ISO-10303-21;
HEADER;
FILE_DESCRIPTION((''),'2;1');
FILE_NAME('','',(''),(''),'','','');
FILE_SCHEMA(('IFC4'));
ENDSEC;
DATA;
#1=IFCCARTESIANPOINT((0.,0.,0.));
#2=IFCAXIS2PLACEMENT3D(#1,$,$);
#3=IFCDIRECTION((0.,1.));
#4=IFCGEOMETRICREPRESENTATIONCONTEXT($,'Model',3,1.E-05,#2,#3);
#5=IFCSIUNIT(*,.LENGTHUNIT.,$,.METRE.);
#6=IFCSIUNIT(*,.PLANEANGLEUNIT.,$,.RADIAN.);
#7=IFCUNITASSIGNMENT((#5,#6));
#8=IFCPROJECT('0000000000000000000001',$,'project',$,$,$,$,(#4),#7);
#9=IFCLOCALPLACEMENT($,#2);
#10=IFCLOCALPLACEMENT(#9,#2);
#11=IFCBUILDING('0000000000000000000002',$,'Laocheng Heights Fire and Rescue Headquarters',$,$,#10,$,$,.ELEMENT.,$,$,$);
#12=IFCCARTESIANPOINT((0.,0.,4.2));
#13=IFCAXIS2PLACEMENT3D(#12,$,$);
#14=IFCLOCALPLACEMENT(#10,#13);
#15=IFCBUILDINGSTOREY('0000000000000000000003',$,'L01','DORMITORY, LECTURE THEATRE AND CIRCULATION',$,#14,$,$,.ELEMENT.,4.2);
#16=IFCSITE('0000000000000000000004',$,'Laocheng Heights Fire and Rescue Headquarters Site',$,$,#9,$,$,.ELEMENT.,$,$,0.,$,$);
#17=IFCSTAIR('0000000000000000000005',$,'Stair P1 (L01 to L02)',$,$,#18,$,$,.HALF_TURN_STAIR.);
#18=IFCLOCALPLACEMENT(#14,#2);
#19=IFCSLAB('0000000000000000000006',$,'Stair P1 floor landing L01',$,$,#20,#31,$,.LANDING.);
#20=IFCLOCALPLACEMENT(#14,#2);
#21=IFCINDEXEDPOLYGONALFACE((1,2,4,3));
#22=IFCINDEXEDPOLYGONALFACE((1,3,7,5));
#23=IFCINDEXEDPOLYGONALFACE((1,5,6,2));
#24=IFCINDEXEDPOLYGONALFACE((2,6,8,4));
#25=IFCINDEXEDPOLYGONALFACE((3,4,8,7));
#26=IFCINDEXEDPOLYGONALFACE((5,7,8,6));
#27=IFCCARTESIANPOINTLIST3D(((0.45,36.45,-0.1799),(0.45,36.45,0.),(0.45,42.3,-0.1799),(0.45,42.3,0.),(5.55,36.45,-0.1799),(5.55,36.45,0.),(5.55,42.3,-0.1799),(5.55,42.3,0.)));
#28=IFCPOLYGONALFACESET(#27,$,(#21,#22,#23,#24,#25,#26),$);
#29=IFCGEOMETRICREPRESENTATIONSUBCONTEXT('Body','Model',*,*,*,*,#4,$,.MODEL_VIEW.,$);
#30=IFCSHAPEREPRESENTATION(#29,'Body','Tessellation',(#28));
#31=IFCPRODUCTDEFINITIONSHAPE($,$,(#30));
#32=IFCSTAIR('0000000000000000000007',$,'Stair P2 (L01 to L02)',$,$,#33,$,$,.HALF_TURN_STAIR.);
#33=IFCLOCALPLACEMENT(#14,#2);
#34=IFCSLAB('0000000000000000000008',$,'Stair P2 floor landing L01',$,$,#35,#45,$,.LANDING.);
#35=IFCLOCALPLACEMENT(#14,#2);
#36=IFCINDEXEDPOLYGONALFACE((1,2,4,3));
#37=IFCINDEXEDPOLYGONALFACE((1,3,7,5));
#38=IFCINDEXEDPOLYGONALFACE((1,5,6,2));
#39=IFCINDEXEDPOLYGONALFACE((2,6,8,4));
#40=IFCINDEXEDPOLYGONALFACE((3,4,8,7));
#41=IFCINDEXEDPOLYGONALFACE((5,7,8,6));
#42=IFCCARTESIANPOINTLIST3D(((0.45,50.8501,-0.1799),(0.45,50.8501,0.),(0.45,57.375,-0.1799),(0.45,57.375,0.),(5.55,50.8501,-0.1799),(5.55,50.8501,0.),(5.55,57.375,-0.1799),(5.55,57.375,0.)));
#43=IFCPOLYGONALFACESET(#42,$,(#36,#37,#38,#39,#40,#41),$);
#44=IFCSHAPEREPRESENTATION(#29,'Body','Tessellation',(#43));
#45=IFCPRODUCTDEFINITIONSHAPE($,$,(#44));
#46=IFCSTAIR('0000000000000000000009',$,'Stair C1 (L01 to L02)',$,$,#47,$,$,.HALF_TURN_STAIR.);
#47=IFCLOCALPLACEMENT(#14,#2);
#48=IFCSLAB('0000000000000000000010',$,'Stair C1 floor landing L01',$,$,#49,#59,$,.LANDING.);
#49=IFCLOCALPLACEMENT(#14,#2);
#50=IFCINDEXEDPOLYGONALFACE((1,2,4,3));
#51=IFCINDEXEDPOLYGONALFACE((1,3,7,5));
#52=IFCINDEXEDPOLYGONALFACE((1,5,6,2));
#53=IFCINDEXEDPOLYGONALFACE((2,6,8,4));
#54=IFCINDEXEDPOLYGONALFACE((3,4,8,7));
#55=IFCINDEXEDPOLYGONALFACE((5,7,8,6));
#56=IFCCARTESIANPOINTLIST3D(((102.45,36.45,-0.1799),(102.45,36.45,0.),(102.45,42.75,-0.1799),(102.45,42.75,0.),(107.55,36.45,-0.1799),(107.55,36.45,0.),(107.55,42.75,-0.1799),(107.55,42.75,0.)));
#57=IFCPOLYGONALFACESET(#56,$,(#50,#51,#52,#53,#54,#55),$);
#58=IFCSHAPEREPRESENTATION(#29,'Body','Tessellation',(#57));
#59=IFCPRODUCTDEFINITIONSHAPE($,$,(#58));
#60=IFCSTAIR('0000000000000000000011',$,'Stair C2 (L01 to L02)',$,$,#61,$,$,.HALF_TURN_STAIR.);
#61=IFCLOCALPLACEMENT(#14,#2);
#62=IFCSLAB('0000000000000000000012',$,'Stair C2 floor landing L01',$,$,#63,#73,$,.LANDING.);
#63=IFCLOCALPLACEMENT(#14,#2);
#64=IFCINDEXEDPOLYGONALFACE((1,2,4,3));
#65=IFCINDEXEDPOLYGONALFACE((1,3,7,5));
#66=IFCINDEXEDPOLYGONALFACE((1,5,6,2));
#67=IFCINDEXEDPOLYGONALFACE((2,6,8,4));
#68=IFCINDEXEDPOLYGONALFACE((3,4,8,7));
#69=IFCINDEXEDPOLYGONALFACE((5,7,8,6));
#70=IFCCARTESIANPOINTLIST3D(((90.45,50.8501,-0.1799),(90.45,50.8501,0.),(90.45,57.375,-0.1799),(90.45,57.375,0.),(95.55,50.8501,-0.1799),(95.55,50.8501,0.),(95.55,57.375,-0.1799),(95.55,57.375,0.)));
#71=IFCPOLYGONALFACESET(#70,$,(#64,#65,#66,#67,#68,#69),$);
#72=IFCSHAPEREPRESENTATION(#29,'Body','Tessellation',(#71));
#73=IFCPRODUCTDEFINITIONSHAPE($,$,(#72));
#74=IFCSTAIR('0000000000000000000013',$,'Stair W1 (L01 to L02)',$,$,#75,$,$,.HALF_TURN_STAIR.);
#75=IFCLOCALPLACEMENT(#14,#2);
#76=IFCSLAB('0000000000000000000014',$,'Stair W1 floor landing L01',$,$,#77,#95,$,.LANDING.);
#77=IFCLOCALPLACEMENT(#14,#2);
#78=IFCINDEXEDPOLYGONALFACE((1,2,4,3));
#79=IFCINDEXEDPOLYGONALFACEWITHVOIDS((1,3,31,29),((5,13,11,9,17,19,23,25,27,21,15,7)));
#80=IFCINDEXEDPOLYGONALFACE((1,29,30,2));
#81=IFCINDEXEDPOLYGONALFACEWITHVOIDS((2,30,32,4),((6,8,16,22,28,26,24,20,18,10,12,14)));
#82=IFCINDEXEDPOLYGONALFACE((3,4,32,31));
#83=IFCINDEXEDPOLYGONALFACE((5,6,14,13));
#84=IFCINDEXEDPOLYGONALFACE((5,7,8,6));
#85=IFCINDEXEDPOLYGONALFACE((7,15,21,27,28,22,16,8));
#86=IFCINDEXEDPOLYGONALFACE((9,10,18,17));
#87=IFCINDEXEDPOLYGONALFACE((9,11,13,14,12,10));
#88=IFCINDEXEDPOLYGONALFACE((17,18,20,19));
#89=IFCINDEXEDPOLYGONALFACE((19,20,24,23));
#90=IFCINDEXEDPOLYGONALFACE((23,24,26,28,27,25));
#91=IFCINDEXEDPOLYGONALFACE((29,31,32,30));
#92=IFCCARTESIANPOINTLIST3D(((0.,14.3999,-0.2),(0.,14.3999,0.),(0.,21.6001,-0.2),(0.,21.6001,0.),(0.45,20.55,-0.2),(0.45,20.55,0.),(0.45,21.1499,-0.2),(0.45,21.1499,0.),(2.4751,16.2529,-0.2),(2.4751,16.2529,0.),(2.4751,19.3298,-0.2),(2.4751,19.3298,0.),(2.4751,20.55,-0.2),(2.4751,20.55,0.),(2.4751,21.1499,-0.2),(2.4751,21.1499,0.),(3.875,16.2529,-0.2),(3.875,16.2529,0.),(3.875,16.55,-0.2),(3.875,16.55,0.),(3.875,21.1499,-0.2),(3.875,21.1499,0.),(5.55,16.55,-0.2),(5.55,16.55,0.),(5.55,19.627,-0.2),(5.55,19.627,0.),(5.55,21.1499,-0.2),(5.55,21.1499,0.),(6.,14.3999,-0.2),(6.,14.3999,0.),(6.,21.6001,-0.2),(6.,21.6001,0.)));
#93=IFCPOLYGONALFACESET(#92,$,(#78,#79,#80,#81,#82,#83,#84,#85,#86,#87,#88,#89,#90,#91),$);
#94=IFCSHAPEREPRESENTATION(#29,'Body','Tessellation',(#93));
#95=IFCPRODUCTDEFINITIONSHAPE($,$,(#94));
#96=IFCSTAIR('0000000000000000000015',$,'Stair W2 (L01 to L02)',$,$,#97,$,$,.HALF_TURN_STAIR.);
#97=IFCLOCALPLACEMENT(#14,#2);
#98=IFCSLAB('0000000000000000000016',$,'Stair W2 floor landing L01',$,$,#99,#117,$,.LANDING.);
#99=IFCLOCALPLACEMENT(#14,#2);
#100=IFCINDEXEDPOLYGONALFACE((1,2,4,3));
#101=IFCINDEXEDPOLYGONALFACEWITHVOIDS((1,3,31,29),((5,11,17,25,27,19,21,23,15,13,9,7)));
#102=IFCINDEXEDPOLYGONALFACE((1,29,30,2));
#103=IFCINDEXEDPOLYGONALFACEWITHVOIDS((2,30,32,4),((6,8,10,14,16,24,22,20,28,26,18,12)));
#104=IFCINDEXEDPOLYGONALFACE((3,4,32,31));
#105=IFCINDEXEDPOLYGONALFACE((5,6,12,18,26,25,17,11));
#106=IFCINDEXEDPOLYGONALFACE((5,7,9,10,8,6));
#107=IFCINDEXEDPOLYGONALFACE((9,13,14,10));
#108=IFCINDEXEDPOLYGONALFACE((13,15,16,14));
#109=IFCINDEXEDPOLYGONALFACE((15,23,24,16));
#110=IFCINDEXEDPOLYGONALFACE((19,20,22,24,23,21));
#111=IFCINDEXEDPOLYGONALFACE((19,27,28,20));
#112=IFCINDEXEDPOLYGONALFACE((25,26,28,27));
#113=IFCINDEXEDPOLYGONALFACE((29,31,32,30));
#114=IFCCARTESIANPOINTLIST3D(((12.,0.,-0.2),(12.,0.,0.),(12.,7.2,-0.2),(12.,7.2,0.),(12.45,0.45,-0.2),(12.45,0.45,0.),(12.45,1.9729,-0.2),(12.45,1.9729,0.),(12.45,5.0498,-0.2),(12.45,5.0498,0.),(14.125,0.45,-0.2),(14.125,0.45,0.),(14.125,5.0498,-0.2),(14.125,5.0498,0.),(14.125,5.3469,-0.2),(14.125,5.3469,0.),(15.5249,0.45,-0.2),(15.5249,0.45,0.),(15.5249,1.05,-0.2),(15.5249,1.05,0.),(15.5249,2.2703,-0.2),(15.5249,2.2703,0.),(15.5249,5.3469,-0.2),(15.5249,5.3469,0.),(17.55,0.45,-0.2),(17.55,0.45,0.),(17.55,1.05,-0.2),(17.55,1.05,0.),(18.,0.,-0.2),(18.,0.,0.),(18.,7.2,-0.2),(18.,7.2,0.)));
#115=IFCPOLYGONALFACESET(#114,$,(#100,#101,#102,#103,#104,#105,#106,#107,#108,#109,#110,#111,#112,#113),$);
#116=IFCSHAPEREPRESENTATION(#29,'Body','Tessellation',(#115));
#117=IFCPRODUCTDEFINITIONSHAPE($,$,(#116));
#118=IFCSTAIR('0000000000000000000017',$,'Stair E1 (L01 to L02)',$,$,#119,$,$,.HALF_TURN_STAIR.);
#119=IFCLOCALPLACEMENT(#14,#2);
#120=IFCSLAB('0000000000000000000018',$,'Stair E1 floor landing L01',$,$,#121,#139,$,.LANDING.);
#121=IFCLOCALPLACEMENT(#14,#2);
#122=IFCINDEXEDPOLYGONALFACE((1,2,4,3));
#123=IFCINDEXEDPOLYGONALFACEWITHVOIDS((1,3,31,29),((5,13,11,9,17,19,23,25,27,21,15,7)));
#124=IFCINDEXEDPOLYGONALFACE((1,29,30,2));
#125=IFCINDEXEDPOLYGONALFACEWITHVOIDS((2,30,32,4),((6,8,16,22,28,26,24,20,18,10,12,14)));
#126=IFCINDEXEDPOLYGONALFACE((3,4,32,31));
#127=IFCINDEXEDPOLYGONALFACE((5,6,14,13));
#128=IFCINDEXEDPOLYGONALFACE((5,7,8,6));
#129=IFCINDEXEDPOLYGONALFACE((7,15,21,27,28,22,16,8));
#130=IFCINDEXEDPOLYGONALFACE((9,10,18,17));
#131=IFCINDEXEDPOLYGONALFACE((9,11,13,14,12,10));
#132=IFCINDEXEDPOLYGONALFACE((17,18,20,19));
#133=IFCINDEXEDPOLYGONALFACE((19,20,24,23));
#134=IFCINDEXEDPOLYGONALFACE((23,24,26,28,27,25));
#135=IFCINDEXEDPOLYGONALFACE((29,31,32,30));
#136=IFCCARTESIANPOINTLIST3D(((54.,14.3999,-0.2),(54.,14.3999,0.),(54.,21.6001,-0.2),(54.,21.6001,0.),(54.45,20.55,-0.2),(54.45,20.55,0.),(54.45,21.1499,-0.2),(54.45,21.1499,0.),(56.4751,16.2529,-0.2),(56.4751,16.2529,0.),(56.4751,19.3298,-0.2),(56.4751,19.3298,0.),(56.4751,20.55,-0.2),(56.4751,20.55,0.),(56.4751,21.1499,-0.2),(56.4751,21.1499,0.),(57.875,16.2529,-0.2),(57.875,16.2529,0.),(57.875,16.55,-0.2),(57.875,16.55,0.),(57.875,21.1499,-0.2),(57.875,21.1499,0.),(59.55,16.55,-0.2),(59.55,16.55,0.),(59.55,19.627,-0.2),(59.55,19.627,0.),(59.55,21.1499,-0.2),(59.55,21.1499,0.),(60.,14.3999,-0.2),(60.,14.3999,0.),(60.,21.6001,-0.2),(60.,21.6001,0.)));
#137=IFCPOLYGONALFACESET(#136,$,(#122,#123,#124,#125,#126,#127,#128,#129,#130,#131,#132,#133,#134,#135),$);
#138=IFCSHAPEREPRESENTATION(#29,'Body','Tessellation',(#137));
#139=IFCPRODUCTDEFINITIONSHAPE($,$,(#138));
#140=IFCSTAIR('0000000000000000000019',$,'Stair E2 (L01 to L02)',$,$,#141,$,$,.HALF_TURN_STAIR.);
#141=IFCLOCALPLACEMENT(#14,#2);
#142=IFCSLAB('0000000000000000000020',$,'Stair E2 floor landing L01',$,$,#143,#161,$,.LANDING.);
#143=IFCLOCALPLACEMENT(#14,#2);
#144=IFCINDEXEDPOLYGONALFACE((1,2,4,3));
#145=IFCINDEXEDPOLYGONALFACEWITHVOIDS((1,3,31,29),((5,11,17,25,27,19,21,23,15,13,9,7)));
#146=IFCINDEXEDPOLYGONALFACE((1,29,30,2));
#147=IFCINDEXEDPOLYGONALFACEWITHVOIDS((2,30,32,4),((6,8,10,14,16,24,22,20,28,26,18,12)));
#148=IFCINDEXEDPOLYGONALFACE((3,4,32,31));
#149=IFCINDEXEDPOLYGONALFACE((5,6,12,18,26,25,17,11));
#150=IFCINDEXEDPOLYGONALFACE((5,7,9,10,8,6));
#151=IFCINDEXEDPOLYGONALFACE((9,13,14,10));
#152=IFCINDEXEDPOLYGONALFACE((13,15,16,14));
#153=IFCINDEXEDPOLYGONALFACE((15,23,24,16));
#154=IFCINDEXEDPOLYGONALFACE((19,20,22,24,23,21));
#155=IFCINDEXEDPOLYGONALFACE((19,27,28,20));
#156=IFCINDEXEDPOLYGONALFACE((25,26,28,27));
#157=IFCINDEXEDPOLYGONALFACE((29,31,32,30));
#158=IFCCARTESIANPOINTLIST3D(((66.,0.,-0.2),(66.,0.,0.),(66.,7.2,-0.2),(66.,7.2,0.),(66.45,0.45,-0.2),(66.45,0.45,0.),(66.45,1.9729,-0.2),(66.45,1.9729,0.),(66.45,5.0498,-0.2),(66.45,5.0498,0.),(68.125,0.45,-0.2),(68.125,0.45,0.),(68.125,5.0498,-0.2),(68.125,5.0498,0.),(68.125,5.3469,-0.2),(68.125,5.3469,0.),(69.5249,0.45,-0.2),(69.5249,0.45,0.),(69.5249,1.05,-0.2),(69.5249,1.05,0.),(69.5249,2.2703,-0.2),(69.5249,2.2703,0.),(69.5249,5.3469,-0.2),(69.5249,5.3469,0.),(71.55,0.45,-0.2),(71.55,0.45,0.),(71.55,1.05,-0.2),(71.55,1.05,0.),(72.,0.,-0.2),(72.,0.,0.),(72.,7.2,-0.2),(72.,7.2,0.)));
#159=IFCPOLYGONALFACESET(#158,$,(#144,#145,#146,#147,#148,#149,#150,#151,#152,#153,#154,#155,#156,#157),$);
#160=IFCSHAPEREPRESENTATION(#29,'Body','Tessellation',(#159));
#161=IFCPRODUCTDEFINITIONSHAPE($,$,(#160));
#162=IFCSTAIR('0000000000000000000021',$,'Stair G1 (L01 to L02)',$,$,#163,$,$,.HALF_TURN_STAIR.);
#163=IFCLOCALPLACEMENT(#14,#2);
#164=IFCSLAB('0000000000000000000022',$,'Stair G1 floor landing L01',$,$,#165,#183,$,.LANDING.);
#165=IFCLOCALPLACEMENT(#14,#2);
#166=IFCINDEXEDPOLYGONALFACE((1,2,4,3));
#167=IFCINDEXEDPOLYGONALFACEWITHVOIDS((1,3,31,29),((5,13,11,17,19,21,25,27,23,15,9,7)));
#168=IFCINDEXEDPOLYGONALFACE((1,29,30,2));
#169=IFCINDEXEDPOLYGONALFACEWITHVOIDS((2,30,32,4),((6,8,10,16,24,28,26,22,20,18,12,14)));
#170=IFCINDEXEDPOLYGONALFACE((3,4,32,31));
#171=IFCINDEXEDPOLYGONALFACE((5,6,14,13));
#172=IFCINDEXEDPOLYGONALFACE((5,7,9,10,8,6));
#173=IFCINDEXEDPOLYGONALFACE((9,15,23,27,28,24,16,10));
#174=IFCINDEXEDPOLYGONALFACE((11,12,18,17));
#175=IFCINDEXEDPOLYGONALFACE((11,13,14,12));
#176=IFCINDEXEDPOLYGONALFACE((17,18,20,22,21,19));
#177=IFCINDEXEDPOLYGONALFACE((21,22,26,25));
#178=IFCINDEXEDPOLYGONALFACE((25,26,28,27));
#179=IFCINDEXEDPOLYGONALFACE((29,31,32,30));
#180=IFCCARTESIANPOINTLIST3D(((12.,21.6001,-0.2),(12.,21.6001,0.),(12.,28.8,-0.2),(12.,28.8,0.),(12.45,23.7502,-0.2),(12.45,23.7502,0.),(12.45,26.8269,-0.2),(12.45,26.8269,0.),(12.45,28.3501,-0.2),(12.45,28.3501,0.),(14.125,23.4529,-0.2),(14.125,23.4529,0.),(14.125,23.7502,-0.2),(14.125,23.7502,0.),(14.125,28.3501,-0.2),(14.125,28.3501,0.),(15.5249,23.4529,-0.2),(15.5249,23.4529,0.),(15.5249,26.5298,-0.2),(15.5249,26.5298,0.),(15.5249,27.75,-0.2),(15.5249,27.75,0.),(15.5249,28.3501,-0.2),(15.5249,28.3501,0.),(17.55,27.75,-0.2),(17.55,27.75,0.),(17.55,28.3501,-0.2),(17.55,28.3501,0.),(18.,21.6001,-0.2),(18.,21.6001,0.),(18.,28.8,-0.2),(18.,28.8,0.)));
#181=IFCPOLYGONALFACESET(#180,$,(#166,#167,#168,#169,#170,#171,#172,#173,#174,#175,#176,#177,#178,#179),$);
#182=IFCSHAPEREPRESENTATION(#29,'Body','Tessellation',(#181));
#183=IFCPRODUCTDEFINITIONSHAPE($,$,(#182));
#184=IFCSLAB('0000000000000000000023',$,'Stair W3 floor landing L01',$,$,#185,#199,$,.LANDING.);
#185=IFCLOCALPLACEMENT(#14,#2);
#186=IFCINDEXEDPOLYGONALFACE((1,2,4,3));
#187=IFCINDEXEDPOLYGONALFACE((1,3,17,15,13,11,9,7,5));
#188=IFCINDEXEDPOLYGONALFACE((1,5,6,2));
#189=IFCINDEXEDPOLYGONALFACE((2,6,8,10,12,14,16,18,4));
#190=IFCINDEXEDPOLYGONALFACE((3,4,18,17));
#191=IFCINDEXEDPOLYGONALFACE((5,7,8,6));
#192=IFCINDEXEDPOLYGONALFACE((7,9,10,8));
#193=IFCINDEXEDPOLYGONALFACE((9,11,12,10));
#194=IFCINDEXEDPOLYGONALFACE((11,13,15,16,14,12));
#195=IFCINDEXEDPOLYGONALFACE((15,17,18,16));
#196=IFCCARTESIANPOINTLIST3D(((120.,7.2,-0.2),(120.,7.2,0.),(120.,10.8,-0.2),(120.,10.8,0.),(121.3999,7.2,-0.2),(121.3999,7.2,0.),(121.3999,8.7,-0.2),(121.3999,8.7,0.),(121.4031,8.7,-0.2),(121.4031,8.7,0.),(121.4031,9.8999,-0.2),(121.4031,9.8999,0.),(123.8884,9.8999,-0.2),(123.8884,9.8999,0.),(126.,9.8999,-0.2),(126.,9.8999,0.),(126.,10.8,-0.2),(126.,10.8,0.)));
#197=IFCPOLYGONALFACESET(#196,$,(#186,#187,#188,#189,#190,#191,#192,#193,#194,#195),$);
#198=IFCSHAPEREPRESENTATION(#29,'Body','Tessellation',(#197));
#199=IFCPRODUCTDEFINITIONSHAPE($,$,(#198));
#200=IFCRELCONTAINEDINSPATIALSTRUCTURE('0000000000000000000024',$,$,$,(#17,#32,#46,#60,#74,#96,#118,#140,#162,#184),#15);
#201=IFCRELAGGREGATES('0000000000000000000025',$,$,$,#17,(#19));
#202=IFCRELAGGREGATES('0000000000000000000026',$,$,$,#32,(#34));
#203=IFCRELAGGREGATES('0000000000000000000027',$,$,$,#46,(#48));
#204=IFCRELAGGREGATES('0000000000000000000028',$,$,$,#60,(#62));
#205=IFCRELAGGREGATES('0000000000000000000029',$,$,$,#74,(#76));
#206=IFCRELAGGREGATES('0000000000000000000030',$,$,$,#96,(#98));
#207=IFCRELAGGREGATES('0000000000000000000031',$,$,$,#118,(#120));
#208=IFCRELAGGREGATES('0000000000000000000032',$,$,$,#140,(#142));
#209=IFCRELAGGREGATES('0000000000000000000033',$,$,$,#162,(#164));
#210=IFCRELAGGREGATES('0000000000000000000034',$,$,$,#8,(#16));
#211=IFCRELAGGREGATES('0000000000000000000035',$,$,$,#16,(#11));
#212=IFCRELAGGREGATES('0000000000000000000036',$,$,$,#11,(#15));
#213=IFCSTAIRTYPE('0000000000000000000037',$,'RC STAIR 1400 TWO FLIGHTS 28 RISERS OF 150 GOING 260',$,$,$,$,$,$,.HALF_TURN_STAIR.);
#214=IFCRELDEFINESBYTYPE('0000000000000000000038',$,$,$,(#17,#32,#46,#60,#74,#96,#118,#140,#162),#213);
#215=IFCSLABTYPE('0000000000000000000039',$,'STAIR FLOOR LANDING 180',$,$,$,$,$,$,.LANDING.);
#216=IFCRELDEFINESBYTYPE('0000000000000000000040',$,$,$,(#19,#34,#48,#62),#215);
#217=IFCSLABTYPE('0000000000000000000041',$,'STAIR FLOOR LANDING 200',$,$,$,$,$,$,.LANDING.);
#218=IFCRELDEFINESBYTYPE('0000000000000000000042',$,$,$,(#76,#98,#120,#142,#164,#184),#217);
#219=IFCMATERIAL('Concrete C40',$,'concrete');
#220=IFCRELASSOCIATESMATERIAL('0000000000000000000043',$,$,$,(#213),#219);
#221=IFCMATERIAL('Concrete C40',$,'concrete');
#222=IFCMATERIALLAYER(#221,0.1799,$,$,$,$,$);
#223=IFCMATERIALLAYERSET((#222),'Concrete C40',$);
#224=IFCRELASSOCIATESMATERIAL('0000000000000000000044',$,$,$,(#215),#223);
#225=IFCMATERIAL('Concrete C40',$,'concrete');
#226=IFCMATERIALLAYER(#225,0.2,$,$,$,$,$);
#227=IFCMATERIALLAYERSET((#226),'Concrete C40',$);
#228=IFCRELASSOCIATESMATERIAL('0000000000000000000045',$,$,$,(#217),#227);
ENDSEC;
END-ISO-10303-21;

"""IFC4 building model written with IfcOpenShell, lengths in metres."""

from ifc_helpers import new_model, si_unit, direction, frame, origin, place, context, subcontext, project, spatial, polyline, outline, extrude, material, layer, layer_set, type_object, element, aggregate, save


model = new_model("IFC4")

# Units and contexts
model_context = context("Model", 3, precision=1e-05, world=origin(), true_north=direction((0.0, 1.0)))
body_context = subcontext(model_context, "Body", "Model", "MODEL_VIEW")
ifc_project = project(units=[si_unit("LENGTHUNIT", "METRE"), si_unit("PLANEANGLEUNIT", "RADIAN")], contexts=[model_context])

# Site, building, storey
site_placement = place(None, origin())
site = spatial("IfcSite", under=ifc_project, at=site_placement, Name="Laocheng Heights Fire and Rescue Headquarters Site", CompositionType="ELEMENT", RefElevation=0.0)
building_placement = place(site_placement, origin())
building = spatial("IfcBuilding", under=site, at=building_placement, Name="Laocheng Heights Fire and Rescue Headquarters", CompositionType="ELEMENT")
storey_placement = place(building_placement, frame((0.0, 0.0, 4.2)))
storey = spatial("IfcBuildingStorey", under=building, at=storey_placement, Name="L01", Description="DORMITORY, LECTURE THEATRE AND CIRCULATION", CompositionType="ELEMENT", Elevation=4.2)

# Stairs, slabs
ifc_material_1 = material(Name="Concrete C40", Category="concrete")
stair_type_1 = type_object("IfcStairType", Name="RC STAIR 1400 TWO FLIGHTS 28 RISERS OF 150 GOING 260", PredefinedType="HALF_TURN_STAIR", material=ifc_material_1)
stair_1_placement = place(storey_placement, origin())
stair_1 = element("IfcStair", 1, at=stair_1_placement, inside=storey, type_object=stair_type_1, Name="Stair P1 (L01 to L02)", PredefinedType="HALF_TURN_STAIR")
ifc_material_2 = material(Name="Concrete C40", Category="concrete")
ifc_layer_1 = layer(ifc_material_2, 0.1799)
ifc_layer_set_1 = layer_set([ifc_layer_1], Name="Concrete C40")
slab_type_1 = type_object("IfcSlabType", Name="STAIR FLOOR LANDING 180", PredefinedType="LANDING", material=ifc_layer_set_1)
slab_1_placement = place(storey_placement, frame((0.0, 0.0, -0.1799)))
slab_1 = element("IfcSlab", 2, at=slab_1_placement, type_object=slab_type_1, Name="Stair P1 floor landing L01", PredefinedType="LANDING", context=body_context, shape_type="SweptSolid", body=[
    extrude(outline(polyline([(5.55, 42.3), (5.55, 36.45), (0.45, 36.45), (0.45, 42.3), (5.55, 42.3)])), origin(), (0.0, 0.0, 1.0), 0.1799),
])
aggregate(stair_1, [slab_1])
stair_2_placement = place(storey_placement, origin())
stair_2 = element("IfcStair", 3, at=stair_2_placement, inside=storey, type_object=stair_type_1, Name="Stair P2 (L01 to L02)", PredefinedType="HALF_TURN_STAIR")
slab_2_placement = place(storey_placement, frame((0.0, 0.0, -0.1799)))
slab_2 = element("IfcSlab", 4, at=slab_2_placement, type_object=slab_type_1, Name="Stair P2 floor landing L01", PredefinedType="LANDING", context=body_context, shape_type="SweptSolid", body=[
    extrude(outline(polyline([(5.55, 50.8501), (0.45, 50.8501), (0.45, 57.375), (5.55, 57.375), (5.55, 50.8501)])), origin(), (0.0, 0.0, 1.0), 0.1799),
])
aggregate(stair_2, [slab_2])
stair_3_placement = place(storey_placement, origin())
stair_3 = element("IfcStair", 5, at=stair_3_placement, inside=storey, type_object=stair_type_1, Name="Stair C1 (L01 to L02)", PredefinedType="HALF_TURN_STAIR")
slab_3_placement = place(storey_placement, frame((0.0, 0.0, -0.1799)))
slab_3 = element("IfcSlab", 6, at=slab_3_placement, type_object=slab_type_1, Name="Stair C1 floor landing L01", PredefinedType="LANDING", context=body_context, shape_type="SweptSolid", body=[
    extrude(outline(polyline([(107.55, 42.75), (107.55, 36.45), (102.45, 36.45), (102.45, 42.75), (107.55, 42.75)])), origin(), (0.0, 0.0, 1.0), 0.1799),
])
aggregate(stair_3, [slab_3])
stair_4_placement = place(storey_placement, origin())
stair_4 = element("IfcStair", 7, at=stair_4_placement, inside=storey, type_object=stair_type_1, Name="Stair C2 (L01 to L02)", PredefinedType="HALF_TURN_STAIR")
slab_4_placement = place(storey_placement, frame((0.0, 0.0, -0.1799)))
slab_4 = element("IfcSlab", 8, at=slab_4_placement, type_object=slab_type_1, Name="Stair C2 floor landing L01", PredefinedType="LANDING", context=body_context, shape_type="SweptSolid", body=[
    extrude(outline(polyline([(95.55, 50.8501), (90.45, 50.8501), (90.45, 57.375), (95.55, 57.375), (95.55, 50.8501)])), origin(), (0.0, 0.0, 1.0), 0.1799),
])
aggregate(stair_4, [slab_4])
stair_5_placement = place(storey_placement, origin())
stair_5 = element("IfcStair", 9, at=stair_5_placement, inside=storey, type_object=stair_type_1, Name="Stair W1 (L01 to L02)", PredefinedType="HALF_TURN_STAIR")
ifc_material_3 = material(Name="Concrete C40", Category="concrete")
ifc_layer_2 = layer(ifc_material_3, 0.2)
ifc_layer_set_2 = layer_set([ifc_layer_2], Name="Concrete C40")
slab_type_2 = type_object("IfcSlabType", Name="STAIR FLOOR LANDING 200", PredefinedType="LANDING", material=ifc_layer_set_2)
slab_5_placement = place(storey_placement, frame((0.0, 0.0, -0.2)))
slab_5 = element("IfcSlab", 10, at=slab_5_placement, type_object=slab_type_2, Name="Stair W1 floor landing L01", PredefinedType="LANDING", context=body_context, shape_type="SweptSolid", body=[
    extrude(outline(polyline([(0.0, 21.6001), (6.0, 21.6001), (6.0, 14.3999), (0.0, 14.3999), (0.0, 21.6001)]), holes=[polyline([(2.4751, 21.1499), (0.45, 21.1499), (0.45, 20.55), (2.4751, 20.55), (2.4751, 19.3298), (2.4751, 16.2529), (3.875, 16.2529), (3.875, 16.55), (5.55, 16.55), (5.55, 19.627), (5.55, 21.1499), (3.875, 21.1499), (2.4751, 21.1499)])]), origin(), (0.0, 0.0, 1.0), 0.2),
])
aggregate(stair_5, [slab_5])
stair_6_placement = place(storey_placement, origin())
stair_6 = element("IfcStair", 11, at=stair_6_placement, inside=storey, type_object=stair_type_1, Name="Stair W2 (L01 to L02)", PredefinedType="HALF_TURN_STAIR")
slab_6_placement = place(storey_placement, frame((0.0, 0.0, -0.2)))
slab_6 = element("IfcSlab", 12, at=slab_6_placement, type_object=slab_type_2, Name="Stair W2 floor landing L01", PredefinedType="LANDING", context=body_context, shape_type="SweptSolid", body=[
    extrude(outline(polyline([(12.0, 7.2), (18.0, 7.2), (18.0, 0.0), (12.0, 0.0), (12.0, 7.2)]), holes=[polyline([(15.5249, 0.45), (17.55, 0.45), (17.55, 1.05), (15.5249, 1.05), (15.5249, 2.2703), (15.5249, 5.3469), (14.125, 5.3469), (14.125, 5.0498), (12.45, 5.0498), (12.45, 1.9729), (12.45, 0.45), (14.125, 0.45), (15.5249, 0.45)])]), origin(), (0.0, 0.0, 1.0), 0.2),
])
aggregate(stair_6, [slab_6])
stair_7_placement = place(storey_placement, origin())
stair_7 = element("IfcStair", 13, at=stair_7_placement, inside=storey, type_object=stair_type_1, Name="Stair E1 (L01 to L02)", PredefinedType="HALF_TURN_STAIR")
slab_7_placement = place(storey_placement, frame((0.0, 0.0, -0.2)))
slab_7 = element("IfcSlab", 14, at=slab_7_placement, type_object=slab_type_2, Name="Stair E1 floor landing L01", PredefinedType="LANDING", context=body_context, shape_type="SweptSolid", body=[
    extrude(outline(polyline([(54.0, 21.6001), (60.0, 21.6001), (60.0, 14.3999), (54.0, 14.3999), (54.0, 21.6001)]), holes=[polyline([(56.4751, 21.1499), (54.45, 21.1499), (54.45, 20.55), (56.4751, 20.55), (56.4751, 19.3298), (56.4751, 16.2529), (57.875, 16.2529), (57.875, 16.55), (59.55, 16.55), (59.55, 19.627), (59.55, 21.1499), (57.875, 21.1499), (56.4751, 21.1499)])]), origin(), (0.0, 0.0, 1.0), 0.2),
])
aggregate(stair_7, [slab_7])
stair_8_placement = place(storey_placement, origin())
stair_8 = element("IfcStair", 15, at=stair_8_placement, inside=storey, type_object=stair_type_1, Name="Stair E2 (L01 to L02)", PredefinedType="HALF_TURN_STAIR")
slab_8_placement = place(storey_placement, frame((0.0, 0.0, -0.2)))
slab_8 = element("IfcSlab", 16, at=slab_8_placement, type_object=slab_type_2, Name="Stair E2 floor landing L01", PredefinedType="LANDING", context=body_context, shape_type="SweptSolid", body=[
    extrude(outline(polyline([(66.0, 7.2), (72.0, 7.2), (72.0, 0.0), (66.0, 0.0), (66.0, 7.2)]), holes=[polyline([(69.5249, 0.45), (71.55, 0.45), (71.55, 1.05), (69.5249, 1.05), (69.5249, 2.2703), (69.5249, 5.3469), (68.125, 5.3469), (68.125, 5.0498), (66.45, 5.0498), (66.45, 1.9729), (66.45, 0.45), (68.125, 0.45), (69.5249, 0.45)])]), origin(), (0.0, 0.0, 1.0), 0.2),
])
aggregate(stair_8, [slab_8])
stair_9_placement = place(storey_placement, origin())
stair_9 = element("IfcStair", 17, at=stair_9_placement, inside=storey, type_object=stair_type_1, Name="Stair G1 (L01 to L02)", PredefinedType="HALF_TURN_STAIR")
slab_9_placement = place(storey_placement, frame((0.0, 0.0, -0.2)))
slab_9 = element("IfcSlab", 18, at=slab_9_placement, type_object=slab_type_2, Name="Stair G1 floor landing L01", PredefinedType="LANDING", context=body_context, shape_type="SweptSolid", body=[
    extrude(outline(polyline([(12.0, 28.8), (18.0, 28.8), (18.0, 21.6001), (12.0, 21.6001), (12.0, 28.8)]), holes=[polyline([(14.125, 23.7502), (14.125, 23.4529), (15.5249, 23.4529), (15.5249, 26.5298), (15.5249, 27.75), (17.55, 27.75), (17.55, 28.3501), (15.5249, 28.3501), (14.125, 28.3501), (12.45, 28.3501), (12.45, 26.8269), (12.45, 23.7502), (14.125, 23.7502)])]), origin(), (0.0, 0.0, 1.0), 0.2),
])
aggregate(stair_9, [slab_9])

# Slab
slab_10_placement = place(storey_placement, frame((0.0, 0.0, -0.2)))
element("IfcSlab", 19, at=slab_10_placement, inside=storey, type_object=slab_type_2, Name="Stair W3 floor landing L01", PredefinedType="LANDING", context=body_context, shape_type="SweptSolid", body=[
    extrude(outline(polyline([(120.0, 10.8), (126.0, 10.8), (126.0, 9.8999), (123.8884, 9.8999), (121.4031, 9.8999), (121.4031, 8.7), (121.3999, 8.7), (121.3999, 7.2), (120.0, 7.2), (120.0, 10.8)])), origin(), (0.0, 0.0, 1.0), 0.2),
])

save(model, "model.ifc")
